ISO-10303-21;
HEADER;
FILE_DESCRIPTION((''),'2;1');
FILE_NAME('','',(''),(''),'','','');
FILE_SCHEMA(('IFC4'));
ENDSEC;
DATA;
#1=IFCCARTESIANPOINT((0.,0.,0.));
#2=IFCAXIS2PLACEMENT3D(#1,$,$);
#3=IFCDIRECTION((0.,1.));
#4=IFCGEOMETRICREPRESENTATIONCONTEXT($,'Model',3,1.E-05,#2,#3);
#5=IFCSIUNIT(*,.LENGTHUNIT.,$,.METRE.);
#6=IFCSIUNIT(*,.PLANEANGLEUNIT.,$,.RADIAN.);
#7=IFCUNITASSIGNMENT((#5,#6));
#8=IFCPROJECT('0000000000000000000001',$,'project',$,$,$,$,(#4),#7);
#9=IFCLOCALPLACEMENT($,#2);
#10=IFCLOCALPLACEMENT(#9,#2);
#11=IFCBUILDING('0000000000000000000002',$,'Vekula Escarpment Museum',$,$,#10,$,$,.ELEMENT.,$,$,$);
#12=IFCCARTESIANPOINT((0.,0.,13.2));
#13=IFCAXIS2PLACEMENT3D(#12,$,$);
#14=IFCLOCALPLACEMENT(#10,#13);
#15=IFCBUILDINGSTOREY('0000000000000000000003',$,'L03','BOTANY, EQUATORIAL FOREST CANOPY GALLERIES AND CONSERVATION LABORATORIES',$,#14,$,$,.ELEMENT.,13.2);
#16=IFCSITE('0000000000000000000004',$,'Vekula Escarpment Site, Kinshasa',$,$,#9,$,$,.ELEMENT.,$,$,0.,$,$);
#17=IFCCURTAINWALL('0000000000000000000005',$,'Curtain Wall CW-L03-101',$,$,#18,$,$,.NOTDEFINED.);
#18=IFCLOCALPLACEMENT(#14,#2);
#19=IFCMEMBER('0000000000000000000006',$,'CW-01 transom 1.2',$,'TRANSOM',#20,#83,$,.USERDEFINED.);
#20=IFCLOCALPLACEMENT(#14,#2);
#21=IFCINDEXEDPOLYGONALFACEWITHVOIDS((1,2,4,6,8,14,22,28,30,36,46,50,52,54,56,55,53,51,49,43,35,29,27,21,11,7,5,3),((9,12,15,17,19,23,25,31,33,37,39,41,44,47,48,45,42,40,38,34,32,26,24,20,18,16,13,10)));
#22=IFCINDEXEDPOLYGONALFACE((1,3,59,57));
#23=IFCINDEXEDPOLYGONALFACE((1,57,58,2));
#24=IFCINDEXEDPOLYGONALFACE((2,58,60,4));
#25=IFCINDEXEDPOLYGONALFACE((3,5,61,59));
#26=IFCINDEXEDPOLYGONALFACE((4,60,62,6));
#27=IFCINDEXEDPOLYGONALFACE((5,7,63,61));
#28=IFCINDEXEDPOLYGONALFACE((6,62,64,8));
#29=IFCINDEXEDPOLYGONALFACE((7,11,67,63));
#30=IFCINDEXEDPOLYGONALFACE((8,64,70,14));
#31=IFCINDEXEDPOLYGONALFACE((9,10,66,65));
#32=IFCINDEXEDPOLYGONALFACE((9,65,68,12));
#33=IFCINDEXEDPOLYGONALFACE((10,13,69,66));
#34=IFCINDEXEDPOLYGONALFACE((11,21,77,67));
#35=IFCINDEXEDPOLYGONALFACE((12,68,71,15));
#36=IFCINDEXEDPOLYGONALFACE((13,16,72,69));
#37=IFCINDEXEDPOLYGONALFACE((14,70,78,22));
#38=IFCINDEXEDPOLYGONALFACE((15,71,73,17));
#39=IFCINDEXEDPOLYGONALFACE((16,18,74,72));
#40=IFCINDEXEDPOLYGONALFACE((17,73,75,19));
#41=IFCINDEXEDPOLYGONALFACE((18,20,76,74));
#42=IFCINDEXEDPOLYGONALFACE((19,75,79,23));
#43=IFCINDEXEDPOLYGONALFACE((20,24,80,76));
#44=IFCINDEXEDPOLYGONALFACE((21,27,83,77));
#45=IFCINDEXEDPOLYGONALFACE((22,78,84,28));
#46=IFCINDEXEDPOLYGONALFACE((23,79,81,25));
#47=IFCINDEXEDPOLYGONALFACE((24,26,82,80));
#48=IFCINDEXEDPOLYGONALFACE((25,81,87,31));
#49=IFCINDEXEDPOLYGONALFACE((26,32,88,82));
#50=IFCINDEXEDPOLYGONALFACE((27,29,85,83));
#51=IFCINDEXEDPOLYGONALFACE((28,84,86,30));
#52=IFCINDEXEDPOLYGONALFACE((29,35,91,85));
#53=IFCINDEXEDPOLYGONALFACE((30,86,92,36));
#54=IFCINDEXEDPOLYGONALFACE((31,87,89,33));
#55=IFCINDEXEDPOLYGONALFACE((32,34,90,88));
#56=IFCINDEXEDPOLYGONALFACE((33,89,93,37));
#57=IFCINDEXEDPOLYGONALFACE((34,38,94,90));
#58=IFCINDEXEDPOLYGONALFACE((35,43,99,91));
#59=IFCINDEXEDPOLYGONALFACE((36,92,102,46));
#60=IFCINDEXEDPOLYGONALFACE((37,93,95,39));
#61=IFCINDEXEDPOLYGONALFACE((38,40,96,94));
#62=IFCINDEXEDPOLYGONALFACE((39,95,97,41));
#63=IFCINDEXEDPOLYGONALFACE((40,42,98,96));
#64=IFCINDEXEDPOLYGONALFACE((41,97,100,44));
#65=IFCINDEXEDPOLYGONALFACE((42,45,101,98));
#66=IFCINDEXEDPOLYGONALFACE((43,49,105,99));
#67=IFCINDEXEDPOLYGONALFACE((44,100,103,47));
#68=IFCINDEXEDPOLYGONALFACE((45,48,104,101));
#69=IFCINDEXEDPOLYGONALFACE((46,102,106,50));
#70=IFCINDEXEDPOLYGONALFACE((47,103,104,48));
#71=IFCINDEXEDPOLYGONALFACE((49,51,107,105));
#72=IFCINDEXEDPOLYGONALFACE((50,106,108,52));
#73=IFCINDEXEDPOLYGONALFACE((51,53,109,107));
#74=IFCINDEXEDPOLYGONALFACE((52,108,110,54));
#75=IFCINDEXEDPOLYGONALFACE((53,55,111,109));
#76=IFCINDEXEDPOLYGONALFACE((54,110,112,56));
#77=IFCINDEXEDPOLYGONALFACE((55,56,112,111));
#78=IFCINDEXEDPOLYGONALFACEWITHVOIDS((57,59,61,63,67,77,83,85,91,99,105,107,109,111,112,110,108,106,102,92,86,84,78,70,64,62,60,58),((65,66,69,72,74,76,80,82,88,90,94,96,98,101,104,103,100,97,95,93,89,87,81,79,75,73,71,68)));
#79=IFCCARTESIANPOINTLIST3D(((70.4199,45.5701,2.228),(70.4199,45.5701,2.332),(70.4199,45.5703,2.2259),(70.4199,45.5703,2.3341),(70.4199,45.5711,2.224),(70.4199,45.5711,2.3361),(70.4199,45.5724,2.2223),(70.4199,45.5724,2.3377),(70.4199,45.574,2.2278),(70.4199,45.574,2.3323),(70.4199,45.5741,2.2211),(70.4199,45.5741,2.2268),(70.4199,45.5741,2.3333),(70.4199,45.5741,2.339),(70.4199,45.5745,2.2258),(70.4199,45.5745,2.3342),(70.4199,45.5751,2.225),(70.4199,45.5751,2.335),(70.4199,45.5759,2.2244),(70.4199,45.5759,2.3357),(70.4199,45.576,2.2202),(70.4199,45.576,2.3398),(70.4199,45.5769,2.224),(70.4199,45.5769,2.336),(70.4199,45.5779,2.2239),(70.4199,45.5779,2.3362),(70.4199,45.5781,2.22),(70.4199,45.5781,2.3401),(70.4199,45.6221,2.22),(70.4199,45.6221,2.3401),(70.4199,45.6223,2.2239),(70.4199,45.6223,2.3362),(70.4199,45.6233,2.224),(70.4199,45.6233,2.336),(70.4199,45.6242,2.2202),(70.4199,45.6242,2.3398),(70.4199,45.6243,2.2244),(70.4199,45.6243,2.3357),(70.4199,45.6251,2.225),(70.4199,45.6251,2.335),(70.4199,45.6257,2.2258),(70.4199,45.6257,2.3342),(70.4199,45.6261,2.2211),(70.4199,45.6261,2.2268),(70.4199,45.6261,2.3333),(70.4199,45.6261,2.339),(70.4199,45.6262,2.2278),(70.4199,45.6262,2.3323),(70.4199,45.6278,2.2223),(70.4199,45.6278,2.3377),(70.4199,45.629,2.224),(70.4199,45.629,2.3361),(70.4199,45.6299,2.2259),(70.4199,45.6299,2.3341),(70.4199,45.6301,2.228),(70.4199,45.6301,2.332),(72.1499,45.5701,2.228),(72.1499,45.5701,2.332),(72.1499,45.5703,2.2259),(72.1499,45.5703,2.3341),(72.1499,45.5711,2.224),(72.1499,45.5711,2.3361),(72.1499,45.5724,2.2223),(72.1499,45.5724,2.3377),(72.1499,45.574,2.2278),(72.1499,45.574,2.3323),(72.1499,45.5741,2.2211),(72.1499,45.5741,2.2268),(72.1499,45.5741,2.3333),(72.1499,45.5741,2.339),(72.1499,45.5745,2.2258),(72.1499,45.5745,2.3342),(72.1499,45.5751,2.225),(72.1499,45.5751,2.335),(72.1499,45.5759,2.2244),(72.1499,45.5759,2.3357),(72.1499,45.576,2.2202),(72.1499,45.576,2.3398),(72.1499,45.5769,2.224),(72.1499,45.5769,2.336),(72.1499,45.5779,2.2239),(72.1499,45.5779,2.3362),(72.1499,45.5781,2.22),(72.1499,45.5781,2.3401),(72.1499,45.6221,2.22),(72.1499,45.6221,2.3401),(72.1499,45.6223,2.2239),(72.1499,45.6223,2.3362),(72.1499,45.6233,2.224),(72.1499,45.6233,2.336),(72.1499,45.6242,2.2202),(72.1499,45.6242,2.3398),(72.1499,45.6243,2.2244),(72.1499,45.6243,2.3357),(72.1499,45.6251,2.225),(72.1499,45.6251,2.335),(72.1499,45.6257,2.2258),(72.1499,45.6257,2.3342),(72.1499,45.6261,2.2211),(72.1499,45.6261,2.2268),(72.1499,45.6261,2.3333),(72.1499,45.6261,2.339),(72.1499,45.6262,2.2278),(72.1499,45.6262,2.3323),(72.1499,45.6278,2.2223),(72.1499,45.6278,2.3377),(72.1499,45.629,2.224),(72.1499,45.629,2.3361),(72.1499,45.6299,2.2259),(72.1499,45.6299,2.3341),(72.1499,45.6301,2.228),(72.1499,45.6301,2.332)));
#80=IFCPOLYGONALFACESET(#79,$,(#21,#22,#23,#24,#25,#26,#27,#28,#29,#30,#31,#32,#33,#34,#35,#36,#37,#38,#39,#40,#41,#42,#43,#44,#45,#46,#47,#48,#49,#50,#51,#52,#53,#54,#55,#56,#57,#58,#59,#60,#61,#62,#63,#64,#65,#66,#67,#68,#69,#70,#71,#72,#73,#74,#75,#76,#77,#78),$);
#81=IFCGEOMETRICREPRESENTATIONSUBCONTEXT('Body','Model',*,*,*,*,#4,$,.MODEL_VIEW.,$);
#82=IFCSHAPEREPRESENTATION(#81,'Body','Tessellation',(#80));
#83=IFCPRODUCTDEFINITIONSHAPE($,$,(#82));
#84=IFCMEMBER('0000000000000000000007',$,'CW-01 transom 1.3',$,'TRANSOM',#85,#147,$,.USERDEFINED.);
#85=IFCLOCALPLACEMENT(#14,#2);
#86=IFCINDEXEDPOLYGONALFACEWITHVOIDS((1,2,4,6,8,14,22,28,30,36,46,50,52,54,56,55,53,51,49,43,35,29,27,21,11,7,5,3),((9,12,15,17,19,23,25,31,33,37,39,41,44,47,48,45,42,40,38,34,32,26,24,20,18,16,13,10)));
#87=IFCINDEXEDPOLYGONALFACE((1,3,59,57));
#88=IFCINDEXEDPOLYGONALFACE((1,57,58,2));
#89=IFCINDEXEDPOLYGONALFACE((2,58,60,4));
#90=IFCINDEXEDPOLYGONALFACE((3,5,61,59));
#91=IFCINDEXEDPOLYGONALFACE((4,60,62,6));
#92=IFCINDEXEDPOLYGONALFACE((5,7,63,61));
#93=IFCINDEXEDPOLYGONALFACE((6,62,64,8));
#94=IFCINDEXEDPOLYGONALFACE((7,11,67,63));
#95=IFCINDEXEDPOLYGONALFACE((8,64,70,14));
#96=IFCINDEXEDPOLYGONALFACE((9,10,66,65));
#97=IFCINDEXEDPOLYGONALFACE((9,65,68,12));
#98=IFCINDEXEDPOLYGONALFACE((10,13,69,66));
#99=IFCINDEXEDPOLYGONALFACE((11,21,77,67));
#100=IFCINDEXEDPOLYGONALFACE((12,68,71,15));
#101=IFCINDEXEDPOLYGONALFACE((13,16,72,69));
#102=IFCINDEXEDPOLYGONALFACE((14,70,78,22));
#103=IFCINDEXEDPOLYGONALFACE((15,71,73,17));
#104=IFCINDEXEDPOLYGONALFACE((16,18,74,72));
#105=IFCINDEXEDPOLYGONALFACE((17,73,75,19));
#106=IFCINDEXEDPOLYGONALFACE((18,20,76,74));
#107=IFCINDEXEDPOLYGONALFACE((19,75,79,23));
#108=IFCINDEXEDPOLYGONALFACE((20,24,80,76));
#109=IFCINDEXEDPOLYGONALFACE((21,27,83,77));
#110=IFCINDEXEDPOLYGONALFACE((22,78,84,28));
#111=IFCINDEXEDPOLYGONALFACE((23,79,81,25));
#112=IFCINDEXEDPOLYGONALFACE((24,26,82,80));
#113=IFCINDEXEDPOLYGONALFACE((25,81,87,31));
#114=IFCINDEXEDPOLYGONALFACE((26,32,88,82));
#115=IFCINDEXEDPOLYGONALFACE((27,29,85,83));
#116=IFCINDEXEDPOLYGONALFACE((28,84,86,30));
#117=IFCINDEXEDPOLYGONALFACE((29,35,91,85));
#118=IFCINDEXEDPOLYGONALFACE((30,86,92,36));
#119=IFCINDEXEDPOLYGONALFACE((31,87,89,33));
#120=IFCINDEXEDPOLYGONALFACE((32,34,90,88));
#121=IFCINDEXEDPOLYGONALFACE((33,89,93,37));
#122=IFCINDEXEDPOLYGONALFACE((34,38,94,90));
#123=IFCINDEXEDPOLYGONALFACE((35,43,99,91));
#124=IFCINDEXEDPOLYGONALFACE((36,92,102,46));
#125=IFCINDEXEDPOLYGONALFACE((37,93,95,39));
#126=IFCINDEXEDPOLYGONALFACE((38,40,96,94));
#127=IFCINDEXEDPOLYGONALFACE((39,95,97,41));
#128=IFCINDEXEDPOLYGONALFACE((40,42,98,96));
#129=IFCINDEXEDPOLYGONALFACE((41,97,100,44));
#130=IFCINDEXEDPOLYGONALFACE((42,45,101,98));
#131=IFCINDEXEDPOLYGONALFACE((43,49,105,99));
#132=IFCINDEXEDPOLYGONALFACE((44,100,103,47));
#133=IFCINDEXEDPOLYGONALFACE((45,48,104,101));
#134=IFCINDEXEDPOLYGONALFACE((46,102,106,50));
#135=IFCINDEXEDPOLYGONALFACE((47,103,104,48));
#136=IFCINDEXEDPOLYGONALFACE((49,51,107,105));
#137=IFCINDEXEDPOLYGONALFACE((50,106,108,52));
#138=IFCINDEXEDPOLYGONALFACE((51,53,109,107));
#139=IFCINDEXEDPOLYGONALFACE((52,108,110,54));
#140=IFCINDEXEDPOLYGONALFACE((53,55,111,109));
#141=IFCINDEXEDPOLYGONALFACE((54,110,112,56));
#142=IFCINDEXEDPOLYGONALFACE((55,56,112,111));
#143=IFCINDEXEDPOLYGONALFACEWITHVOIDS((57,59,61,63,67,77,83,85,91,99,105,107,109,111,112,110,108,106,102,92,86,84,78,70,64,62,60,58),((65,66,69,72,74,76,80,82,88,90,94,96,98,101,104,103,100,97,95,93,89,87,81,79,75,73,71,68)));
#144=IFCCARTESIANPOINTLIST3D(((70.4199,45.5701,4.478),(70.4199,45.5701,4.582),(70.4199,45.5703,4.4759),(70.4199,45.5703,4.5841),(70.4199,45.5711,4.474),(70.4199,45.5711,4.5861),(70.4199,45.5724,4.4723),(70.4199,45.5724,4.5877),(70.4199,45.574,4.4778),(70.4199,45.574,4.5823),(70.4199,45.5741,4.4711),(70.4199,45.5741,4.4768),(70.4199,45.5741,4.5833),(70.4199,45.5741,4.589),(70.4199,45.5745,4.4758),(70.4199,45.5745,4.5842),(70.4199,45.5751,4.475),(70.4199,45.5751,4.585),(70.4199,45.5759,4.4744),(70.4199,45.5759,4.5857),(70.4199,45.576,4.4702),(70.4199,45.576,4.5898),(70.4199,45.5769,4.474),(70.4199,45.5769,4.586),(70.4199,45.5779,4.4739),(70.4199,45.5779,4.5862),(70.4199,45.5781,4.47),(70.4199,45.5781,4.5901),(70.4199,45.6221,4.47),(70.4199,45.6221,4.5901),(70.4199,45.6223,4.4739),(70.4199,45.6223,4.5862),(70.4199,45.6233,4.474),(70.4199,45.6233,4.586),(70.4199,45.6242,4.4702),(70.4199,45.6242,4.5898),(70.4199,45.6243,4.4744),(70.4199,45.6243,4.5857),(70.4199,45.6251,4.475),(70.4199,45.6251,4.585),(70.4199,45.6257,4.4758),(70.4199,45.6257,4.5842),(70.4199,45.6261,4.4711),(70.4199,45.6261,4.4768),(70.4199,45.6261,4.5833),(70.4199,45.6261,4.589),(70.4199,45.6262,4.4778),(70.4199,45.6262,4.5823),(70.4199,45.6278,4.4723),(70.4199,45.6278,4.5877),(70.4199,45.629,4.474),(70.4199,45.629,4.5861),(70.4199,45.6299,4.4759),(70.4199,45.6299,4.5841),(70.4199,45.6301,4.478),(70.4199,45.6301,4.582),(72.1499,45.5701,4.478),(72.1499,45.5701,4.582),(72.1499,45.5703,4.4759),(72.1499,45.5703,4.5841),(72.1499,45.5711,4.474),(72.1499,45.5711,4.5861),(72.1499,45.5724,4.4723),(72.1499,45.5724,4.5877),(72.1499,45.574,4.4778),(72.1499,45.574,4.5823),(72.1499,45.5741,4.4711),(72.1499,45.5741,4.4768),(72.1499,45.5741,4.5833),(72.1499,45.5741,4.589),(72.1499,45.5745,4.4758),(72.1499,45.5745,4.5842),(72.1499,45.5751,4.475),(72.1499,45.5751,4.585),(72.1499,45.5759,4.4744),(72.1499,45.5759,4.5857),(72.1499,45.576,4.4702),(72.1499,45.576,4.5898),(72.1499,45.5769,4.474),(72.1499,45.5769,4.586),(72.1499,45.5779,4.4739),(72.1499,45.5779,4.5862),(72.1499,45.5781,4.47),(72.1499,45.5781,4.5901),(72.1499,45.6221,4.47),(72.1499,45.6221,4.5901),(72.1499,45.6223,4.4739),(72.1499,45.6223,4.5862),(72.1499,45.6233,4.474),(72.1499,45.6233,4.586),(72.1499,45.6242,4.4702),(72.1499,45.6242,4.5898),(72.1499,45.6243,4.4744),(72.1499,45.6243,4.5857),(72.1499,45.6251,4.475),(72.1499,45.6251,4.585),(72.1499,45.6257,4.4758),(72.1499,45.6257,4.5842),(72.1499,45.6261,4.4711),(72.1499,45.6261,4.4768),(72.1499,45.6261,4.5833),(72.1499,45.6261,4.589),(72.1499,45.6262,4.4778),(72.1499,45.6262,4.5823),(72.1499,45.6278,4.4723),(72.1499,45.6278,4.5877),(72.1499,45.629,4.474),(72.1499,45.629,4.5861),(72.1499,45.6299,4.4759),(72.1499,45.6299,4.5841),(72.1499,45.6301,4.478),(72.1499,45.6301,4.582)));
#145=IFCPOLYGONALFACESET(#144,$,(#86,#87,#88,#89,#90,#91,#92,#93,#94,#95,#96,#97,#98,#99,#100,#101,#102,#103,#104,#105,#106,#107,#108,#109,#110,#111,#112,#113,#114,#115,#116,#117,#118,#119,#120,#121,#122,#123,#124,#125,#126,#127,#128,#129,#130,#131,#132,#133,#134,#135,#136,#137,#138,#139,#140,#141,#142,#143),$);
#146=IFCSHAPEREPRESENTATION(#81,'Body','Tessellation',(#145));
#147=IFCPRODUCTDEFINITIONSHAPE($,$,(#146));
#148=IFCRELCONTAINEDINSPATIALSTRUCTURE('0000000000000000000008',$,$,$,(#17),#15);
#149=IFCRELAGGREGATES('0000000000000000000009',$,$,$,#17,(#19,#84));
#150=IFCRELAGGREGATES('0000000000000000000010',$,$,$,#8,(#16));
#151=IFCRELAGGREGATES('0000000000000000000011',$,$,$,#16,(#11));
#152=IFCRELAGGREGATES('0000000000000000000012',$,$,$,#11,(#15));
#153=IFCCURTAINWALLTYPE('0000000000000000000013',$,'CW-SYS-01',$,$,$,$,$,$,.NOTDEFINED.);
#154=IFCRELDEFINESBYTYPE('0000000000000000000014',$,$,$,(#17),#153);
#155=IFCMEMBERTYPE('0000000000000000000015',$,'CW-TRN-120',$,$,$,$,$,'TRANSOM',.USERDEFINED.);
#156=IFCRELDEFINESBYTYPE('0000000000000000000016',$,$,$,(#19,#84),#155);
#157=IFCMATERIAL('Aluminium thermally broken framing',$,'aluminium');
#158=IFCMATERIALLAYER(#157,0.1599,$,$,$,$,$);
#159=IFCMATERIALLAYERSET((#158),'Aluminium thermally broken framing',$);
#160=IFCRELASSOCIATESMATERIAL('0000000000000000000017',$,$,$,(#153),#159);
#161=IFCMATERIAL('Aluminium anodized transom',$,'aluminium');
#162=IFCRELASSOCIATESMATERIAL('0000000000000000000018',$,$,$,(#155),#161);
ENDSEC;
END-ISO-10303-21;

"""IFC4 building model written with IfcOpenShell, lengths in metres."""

from ifc_helpers import new_model, si_unit, direction, frame, origin, origin_2d, place, context, subcontext, project, spatial, hollow_rectangle, extrude, material, layer, layer_set, material_profile, profile_set, type_object, element, aggregate, save


model = new_model("IFC4")

# Units and contexts
model_context = context("Model", 3, precision=1e-05, world=origin(), true_north=direction((0.0, 1.0)))
body_context = subcontext(model_context, "Body", "Model", "MODEL_VIEW")
ifc_project = project(units=[si_unit("LENGTHUNIT", "METRE"), si_unit("PLANEANGLEUNIT", "RADIAN")], contexts=[model_context])

# Site, building, storey
site_placement = place(None, origin())
site = spatial("IfcSite", under=ifc_project, at=site_placement, Name="Vekula Escarpment Site, Kinshasa", CompositionType="ELEMENT", RefElevation=0.0)
building_placement = place(site_placement, origin())
building = spatial("IfcBuilding", under=site, at=building_placement, Name="Vekula Escarpment Museum", CompositionType="ELEMENT")
storey_placement = place(building_placement, frame((0.0, 0.0, 13.2)))
storey = spatial("IfcBuildingStorey", under=building, at=storey_placement, Name="L03", Description="BOTANY, EQUATORIAL FOREST CANOPY GALLERIES AND CONSERVATION LABORATORIES", CompositionType="ELEMENT", Elevation=13.2)

# Curtain wall, members
ifc_material_1 = material(Name="Aluminium thermally broken framing", Category="aluminium")
ifc_layer_1 = layer(ifc_material_1, 0.1599)
ifc_layer_set_1 = layer_set([ifc_layer_1], Name="Aluminium thermally broken framing")
curtain_wall_type = type_object("IfcCurtainWallType", Name="CW-SYS-01", PredefinedType="NOTDEFINED", material=ifc_layer_set_1)
curtain_wall_placement = place(storey_placement, origin())
curtain_wall = element("IfcCurtainWall", 1, at=curtain_wall_placement, inside=storey, type_object=curtain_wall_type, Name="Curtain Wall CW-L03-101", PredefinedType="NOTDEFINED")
ifc_material_2 = material(Name="Aluminium anodized transom", Category="aluminium")
ifc_material_profile_1 = material_profile(ifc_material_2, hollow_rectangle(XDim=0.0601, YDim=0.1201, WallThickness=0.0039, InnerFilletRadius=0.0039, OuterFilletRadius=0.0081, at=origin_2d()), Name="ALU 120x60x4")
ifc_profile_set_1 = profile_set([ifc_material_profile_1], Name="Aluminium anodized transom")
member_type_1 = type_object("IfcMemberType", Name="CW-TRN-120", ElementType="TRANSOM", PredefinedType="USERDEFINED", material=ifc_profile_set_1)
member_1_placement = place(storey_placement, frame((70.4199, 45.6001, 2.28), z_axis=(1.0, 0.0, 0.0), x_axis=(0.0, 1.0, 0.0)))
member_1 = element("IfcMember", 2, at=member_1_placement, type_object=member_type_1, Name="CW-01 transom 1.2", ObjectType="TRANSOM", PredefinedType="USERDEFINED", context=body_context, shape_type="SweptSolid", body=[
    extrude(hollow_rectangle(XDim=0.0601, YDim=0.1201, WallThickness=0.0039, InnerFilletRadius=0.0039, OuterFilletRadius=0.0081, at=origin_2d()), origin(), (0.0, 0.0, 1.0), 1.73),
])
member_2_placement = place(storey_placement, frame((70.4199, 45.6001, 4.53), z_axis=(1.0, 0.0, 0.0), x_axis=(0.0, 1.0, 0.0)))
member_2 = element("IfcMember", 3, at=member_2_placement, type_object=member_type_1, Name="CW-01 transom 1.3", ObjectType="TRANSOM", PredefinedType="USERDEFINED", context=body_context, shape_type="SweptSolid", body=[
    extrude(hollow_rectangle(XDim=0.0601, YDim=0.1201, WallThickness=0.0039, InnerFilletRadius=0.0039, OuterFilletRadius=0.0081, at=origin_2d()), origin(), (0.0, 0.0, 1.0), 1.73),
])

aggregate(curtain_wall, [member_1, member_2])

save(model, "model.ifc")
